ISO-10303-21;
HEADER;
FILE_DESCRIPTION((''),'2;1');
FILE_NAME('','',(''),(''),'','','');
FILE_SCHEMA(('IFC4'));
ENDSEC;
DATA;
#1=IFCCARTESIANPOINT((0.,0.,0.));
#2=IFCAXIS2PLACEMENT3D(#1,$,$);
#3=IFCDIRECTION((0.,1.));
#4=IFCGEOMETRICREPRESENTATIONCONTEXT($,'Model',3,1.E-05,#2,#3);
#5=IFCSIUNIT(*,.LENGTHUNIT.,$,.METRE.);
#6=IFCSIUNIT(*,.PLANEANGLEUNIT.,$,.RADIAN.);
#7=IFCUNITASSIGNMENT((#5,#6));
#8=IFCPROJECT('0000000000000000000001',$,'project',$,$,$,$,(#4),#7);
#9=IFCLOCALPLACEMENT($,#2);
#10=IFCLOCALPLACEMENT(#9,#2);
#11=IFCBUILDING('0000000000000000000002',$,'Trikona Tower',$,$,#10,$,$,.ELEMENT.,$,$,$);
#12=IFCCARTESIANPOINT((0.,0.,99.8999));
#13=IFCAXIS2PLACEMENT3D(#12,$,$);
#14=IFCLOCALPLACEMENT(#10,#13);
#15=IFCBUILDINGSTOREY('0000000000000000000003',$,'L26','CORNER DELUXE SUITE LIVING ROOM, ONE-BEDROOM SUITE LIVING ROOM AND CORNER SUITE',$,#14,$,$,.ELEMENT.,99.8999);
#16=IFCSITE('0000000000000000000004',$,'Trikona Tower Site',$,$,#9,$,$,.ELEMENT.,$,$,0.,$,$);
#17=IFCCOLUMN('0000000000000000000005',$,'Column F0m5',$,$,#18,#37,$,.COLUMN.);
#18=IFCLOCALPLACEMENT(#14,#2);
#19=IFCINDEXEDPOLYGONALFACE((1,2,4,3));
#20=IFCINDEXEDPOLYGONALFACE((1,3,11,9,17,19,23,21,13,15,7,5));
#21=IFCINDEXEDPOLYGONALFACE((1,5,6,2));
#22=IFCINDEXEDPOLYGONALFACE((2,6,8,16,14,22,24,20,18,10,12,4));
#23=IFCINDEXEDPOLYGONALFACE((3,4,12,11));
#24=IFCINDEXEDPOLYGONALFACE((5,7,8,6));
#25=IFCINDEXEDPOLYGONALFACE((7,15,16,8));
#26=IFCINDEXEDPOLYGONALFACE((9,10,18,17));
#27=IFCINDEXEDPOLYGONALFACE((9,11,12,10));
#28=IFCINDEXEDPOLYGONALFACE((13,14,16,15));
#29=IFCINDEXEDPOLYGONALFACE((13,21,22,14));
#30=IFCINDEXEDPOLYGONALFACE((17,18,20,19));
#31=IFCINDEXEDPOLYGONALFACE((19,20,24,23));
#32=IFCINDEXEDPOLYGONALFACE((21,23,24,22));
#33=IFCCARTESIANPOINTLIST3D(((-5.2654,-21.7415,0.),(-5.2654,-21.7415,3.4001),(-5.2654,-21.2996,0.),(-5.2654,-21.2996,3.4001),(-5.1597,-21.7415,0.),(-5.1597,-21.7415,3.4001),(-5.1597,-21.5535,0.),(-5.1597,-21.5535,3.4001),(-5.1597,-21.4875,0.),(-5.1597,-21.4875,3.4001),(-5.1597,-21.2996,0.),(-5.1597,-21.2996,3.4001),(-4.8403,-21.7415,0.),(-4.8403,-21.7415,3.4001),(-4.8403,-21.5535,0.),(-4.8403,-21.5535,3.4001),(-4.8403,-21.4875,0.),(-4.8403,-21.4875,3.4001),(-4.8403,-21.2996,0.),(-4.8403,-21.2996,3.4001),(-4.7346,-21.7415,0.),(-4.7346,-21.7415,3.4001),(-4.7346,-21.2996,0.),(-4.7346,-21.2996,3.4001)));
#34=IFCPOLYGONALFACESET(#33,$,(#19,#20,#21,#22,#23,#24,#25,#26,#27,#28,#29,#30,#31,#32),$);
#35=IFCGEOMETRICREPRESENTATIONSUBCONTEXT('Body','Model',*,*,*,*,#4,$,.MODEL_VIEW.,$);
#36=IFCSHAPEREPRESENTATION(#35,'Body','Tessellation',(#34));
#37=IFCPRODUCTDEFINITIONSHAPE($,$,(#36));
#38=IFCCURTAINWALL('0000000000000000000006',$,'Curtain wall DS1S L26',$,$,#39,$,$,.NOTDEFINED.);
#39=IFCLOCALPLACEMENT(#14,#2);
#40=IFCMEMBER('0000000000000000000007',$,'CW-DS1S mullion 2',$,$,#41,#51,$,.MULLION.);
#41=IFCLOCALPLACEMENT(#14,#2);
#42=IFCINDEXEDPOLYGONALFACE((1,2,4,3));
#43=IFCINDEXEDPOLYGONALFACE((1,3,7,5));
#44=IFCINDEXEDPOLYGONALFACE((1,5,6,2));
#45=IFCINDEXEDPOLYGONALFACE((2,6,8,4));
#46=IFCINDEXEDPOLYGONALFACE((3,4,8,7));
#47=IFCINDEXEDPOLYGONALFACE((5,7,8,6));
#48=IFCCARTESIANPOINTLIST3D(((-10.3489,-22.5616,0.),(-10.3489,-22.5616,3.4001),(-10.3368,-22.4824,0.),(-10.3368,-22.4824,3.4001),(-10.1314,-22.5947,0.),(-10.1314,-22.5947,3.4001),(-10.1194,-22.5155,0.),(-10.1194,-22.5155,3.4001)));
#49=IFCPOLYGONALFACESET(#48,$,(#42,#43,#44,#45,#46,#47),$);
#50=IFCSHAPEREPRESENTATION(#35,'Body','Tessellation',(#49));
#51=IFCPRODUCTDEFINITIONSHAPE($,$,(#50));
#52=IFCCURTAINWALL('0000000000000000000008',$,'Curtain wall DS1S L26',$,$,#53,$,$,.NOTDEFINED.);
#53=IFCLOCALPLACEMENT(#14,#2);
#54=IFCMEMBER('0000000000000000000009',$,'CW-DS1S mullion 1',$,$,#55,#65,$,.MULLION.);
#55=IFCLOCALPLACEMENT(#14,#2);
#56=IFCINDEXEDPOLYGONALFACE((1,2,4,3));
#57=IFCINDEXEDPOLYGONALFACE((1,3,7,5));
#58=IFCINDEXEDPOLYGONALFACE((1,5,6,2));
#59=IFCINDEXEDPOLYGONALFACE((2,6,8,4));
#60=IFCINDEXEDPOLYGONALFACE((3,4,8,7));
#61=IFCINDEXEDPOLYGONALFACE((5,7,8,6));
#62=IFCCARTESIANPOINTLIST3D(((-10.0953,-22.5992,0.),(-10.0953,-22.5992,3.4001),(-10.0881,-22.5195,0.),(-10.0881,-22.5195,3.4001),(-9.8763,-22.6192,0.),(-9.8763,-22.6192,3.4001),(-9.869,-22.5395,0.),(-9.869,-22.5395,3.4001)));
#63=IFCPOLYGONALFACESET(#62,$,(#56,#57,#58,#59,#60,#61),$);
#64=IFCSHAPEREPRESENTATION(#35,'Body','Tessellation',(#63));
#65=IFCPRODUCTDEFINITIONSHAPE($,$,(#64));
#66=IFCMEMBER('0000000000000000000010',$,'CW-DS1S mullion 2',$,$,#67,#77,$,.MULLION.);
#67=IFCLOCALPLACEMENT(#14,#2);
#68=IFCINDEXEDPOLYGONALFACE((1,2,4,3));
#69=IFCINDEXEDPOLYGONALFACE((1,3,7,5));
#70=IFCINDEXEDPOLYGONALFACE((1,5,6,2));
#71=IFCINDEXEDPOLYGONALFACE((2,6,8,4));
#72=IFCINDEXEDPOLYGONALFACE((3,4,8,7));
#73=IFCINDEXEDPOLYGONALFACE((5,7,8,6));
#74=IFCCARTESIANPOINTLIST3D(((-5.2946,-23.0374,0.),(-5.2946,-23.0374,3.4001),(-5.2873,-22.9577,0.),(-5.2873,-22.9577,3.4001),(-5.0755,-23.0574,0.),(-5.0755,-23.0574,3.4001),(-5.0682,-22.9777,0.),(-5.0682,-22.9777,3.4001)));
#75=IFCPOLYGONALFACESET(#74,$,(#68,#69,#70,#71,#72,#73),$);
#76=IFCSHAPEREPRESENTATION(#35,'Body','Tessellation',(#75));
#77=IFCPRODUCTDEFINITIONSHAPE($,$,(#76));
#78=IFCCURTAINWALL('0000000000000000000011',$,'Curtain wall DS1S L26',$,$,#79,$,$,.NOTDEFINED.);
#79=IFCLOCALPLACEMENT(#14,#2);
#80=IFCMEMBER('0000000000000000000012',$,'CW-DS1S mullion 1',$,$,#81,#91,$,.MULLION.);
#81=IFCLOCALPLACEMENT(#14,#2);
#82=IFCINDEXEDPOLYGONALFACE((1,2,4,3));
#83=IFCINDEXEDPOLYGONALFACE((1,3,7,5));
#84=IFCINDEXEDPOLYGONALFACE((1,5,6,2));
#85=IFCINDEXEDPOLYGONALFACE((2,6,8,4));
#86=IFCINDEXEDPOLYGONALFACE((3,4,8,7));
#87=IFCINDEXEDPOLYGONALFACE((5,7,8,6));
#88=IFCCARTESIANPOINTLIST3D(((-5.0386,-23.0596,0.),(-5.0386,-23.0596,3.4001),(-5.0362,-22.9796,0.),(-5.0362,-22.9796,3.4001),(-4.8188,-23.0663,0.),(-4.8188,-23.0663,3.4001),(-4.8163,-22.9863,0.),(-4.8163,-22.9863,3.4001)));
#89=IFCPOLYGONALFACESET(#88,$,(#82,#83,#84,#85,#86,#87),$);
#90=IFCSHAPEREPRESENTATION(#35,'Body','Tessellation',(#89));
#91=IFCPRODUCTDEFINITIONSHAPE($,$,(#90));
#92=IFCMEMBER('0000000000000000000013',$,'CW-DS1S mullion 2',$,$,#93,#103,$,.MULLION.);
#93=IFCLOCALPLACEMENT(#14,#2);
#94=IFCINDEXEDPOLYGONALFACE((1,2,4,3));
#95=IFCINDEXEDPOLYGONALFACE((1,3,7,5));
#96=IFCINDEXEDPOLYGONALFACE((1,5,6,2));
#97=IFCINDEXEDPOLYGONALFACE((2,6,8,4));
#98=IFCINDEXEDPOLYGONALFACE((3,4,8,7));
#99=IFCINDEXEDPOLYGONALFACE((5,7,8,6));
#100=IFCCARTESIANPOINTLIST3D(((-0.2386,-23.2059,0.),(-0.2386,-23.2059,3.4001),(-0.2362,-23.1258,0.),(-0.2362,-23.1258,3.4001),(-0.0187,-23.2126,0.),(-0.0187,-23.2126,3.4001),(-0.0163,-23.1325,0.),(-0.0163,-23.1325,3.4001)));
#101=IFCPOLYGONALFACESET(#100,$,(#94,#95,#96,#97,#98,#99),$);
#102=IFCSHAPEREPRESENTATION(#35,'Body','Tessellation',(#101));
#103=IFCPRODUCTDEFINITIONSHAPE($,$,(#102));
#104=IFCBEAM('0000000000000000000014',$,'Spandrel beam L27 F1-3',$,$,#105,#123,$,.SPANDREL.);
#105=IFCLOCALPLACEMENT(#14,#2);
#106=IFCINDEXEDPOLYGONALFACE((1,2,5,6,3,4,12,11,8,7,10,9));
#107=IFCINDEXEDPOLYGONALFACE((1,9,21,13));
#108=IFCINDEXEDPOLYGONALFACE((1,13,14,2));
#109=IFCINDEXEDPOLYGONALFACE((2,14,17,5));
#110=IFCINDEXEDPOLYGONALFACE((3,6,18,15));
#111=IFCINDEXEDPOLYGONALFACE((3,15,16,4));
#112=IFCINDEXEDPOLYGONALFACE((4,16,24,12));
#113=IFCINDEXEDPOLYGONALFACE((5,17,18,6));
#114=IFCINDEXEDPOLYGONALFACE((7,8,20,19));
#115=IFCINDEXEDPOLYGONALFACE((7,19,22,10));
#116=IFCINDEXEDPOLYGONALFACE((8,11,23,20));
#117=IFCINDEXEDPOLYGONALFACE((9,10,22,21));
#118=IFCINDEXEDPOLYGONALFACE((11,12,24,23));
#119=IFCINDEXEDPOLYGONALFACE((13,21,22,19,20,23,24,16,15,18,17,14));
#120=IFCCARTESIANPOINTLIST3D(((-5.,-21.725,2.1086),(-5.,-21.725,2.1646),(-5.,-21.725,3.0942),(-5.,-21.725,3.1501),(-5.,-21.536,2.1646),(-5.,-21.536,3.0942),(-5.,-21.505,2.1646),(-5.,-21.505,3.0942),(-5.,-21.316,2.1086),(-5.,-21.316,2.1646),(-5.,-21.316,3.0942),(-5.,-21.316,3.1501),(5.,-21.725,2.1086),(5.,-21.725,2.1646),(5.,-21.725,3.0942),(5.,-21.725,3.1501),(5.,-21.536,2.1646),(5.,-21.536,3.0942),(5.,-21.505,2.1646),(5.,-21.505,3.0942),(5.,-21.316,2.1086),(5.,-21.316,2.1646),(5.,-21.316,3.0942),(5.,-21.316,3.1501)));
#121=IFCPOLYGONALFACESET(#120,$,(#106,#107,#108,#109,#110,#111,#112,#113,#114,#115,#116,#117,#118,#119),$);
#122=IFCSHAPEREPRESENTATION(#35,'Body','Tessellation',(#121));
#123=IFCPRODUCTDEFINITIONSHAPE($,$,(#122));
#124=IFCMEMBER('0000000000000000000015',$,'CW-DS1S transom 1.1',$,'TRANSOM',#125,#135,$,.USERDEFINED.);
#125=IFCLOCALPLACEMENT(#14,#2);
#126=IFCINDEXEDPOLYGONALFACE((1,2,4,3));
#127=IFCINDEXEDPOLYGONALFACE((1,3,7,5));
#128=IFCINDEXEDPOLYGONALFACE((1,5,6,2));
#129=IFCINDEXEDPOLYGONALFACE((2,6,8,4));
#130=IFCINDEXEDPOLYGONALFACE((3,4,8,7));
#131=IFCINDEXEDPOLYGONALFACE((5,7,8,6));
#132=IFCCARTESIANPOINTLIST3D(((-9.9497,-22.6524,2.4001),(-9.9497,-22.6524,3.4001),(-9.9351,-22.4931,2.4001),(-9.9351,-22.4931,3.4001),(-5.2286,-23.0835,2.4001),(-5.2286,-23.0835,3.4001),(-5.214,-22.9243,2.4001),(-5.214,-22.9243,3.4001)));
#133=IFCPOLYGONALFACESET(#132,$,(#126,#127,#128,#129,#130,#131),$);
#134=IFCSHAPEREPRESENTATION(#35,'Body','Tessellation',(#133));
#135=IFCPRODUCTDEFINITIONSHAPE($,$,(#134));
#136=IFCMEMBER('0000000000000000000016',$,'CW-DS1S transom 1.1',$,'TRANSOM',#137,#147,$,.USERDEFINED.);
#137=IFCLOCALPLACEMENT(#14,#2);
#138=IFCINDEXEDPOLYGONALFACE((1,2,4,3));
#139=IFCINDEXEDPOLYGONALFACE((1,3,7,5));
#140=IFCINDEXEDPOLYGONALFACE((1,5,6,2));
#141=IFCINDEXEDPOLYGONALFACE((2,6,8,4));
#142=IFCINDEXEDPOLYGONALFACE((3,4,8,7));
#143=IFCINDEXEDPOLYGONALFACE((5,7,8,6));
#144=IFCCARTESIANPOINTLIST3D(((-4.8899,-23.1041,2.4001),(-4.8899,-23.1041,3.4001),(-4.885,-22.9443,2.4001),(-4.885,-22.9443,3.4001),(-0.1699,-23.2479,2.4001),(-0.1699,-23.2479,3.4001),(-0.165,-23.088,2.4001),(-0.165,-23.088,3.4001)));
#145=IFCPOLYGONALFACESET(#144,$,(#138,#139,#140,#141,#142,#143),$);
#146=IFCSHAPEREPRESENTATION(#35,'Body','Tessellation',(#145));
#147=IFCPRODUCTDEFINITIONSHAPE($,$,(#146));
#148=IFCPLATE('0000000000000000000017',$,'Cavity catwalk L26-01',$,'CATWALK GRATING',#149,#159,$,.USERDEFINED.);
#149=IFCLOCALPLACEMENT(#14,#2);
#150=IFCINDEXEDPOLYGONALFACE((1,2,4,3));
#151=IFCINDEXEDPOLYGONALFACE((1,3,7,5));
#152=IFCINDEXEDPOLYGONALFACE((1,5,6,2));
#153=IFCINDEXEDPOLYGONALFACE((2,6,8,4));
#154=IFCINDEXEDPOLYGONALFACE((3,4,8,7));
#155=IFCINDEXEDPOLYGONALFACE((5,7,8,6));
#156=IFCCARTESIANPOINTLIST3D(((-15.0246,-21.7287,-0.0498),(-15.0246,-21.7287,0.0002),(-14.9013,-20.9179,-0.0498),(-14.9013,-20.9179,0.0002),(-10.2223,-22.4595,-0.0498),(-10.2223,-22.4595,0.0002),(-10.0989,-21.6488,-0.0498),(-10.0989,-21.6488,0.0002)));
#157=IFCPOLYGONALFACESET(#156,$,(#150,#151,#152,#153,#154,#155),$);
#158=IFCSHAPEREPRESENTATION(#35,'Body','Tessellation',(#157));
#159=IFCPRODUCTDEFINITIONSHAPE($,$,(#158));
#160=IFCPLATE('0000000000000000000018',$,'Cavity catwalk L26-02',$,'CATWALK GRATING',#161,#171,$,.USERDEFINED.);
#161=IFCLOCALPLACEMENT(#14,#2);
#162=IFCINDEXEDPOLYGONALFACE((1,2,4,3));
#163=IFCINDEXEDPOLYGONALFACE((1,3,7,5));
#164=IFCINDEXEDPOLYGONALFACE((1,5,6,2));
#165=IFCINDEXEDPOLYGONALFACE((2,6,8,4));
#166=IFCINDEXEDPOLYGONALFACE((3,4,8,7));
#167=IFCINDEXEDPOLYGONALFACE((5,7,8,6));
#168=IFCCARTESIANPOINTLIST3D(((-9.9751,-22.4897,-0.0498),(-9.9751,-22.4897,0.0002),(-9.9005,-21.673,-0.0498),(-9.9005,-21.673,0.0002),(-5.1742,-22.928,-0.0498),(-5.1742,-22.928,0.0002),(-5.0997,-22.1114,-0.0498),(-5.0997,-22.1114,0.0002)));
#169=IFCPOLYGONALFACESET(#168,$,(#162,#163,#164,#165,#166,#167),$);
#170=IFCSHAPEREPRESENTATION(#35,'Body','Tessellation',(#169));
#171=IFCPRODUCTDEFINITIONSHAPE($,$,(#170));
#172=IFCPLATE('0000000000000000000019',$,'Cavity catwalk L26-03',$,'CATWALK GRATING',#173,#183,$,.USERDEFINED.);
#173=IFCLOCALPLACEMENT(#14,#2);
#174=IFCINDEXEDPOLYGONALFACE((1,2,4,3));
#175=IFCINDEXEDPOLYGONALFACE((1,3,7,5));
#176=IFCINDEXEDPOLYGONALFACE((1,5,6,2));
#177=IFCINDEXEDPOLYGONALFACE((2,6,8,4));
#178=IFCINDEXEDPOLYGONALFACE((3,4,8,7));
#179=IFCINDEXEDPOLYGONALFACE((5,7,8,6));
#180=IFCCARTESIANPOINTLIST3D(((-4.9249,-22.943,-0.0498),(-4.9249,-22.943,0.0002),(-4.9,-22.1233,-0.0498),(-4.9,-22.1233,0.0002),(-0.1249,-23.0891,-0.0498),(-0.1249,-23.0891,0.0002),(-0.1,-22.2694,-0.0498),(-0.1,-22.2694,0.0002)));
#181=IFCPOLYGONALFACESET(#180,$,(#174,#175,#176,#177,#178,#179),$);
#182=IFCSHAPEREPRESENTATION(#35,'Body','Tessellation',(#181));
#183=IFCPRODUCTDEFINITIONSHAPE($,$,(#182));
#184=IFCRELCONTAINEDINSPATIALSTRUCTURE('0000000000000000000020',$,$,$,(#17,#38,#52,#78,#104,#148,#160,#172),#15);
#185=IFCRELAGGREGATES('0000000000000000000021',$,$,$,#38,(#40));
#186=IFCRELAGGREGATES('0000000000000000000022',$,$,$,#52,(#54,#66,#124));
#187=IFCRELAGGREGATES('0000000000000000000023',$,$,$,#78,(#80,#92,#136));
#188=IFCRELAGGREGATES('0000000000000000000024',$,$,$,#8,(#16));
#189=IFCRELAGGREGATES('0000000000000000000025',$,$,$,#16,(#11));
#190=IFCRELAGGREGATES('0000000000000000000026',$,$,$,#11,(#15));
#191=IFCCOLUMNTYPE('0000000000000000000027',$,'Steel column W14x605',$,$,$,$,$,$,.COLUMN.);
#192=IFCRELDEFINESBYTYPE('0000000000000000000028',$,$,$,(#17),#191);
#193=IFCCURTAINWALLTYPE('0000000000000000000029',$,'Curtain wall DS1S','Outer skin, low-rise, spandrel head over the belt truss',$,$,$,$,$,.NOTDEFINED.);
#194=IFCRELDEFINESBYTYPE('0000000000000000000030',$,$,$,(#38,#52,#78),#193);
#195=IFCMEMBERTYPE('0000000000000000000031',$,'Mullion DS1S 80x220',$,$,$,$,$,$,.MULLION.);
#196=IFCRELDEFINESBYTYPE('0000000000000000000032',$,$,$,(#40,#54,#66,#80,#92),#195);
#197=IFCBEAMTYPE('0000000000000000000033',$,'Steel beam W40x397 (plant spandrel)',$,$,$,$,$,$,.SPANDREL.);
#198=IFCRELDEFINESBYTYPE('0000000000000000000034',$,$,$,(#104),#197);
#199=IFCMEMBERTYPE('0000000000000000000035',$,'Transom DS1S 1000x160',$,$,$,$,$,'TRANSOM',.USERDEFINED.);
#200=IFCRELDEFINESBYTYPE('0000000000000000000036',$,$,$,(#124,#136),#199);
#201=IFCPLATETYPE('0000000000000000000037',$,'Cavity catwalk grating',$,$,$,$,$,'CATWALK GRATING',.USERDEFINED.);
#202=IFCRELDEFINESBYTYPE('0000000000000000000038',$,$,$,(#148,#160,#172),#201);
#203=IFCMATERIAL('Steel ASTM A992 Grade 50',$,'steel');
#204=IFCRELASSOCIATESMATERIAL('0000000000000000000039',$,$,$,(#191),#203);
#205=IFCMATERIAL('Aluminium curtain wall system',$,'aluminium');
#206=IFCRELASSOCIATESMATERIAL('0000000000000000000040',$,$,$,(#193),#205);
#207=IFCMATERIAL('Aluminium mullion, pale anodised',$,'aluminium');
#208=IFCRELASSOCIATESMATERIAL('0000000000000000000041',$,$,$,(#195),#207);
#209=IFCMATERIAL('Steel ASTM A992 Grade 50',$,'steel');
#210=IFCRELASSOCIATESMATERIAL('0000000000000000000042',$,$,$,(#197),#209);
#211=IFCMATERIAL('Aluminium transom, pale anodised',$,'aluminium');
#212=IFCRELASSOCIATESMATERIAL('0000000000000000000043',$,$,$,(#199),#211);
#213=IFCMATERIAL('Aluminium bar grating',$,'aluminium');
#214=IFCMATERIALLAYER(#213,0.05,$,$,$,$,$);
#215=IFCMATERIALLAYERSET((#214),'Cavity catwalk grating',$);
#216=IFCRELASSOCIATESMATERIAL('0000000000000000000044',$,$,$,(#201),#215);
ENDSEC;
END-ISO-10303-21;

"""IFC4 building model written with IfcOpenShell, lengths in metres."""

from ifc_helpers import new_model, si_unit, direction, frame, origin, origin_2d, place, context, subcontext, project, spatial, rectangle, i_section, extrude, material, layer, layer_set, material_profile, profile_set, type_object, element, aggregate, save


model = new_model("IFC4")

# Units and contexts
model_context = context("Model", 3, precision=1e-05, world=origin(), true_north=direction((0.0, 1.0)))
body_context = subcontext(model_context, "Body", "Model", "MODEL_VIEW")
ifc_project = project(units=[si_unit("LENGTHUNIT", "METRE"), si_unit("PLANEANGLEUNIT", "RADIAN")], contexts=[model_context])

# Site, building, storey
site_placement = place(None, origin())
site = spatial("IfcSite", under=ifc_project, at=site_placement, Name="Trikona Tower Site", CompositionType="ELEMENT", RefElevation=0.0)
building_placement = place(site_placement, origin())
building = spatial("IfcBuilding", under=site, at=building_placement, Name="Trikona Tower", CompositionType="ELEMENT")
storey_placement = place(building_placement, frame((0.0, 0.0, 99.8999)))
storey = spatial("IfcBuildingStorey", under=building, at=storey_placement, Name="L26", Description="CORNER DELUXE SUITE LIVING ROOM, ONE-BEDROOM SUITE LIVING ROOM AND CORNER SUITE", CompositionType="ELEMENT", Elevation=99.8999)

# Column
ifc_material_1 = material(Name="Steel ASTM A992 Grade 50", Category="steel")
ifc_material_profile_1 = material_profile(ifc_material_1, i_section(OverallWidth=0.4419, OverallDepth=0.5308, WebThickness=0.0659, FlangeThickness=0.1057, at=origin_2d()), Name="W14X605")
ifc_profile_set_1 = profile_set([ifc_material_profile_1], Name="Steel ASTM A992 Grade 50")
column_type = type_object("IfcColumnType", Name="Steel column W14x605", PredefinedType="COLUMN", material=ifc_profile_set_1)
column_placement = place(storey_placement, frame((-5.0, -21.5205, 0.0), z_axis=(0.0, 0.0, 1.0), x_axis=(0.0, -1.0, 0.0)))
element("IfcColumn", 1, at=column_placement, inside=storey, type_object=column_type, Name="Column F0m5", PredefinedType="COLUMN", context=body_context, shape_type="SweptSolid", body=[
    extrude(i_section(OverallWidth=0.4419, OverallDepth=0.5308, WebThickness=0.0659, FlangeThickness=0.1057, at=origin_2d()), origin(), (0.0, 0.0, 1.0), 3.4001),
])

# Curtain wall, member
ifc_material_2 = material(Name="Aluminium curtain wall system", Category="aluminium")
curtain_wall_type = type_object("IfcCurtainWallType", Name="Curtain wall DS1S", Description="Outer skin, low-rise, spandrel head over the belt truss", PredefinedType="NOTDEFINED", material=ifc_material_2)
curtain_wall_1_placement = place(storey_placement, origin())
curtain_wall_1 = element("IfcCurtainWall", 2, at=curtain_wall_1_placement, inside=storey, type_object=curtain_wall_type, Name="Curtain wall DS1S L26", PredefinedType="NOTDEFINED")
ifc_material_3 = material(Name="Aluminium mullion, pale anodised", Category="aluminium")
ifc_material_profile_2 = material_profile(ifc_material_3, rectangle(XDim=0.0801, YDim=0.22, at=origin_2d()), Name="MUL-DS1S")
ifc_profile_set_2 = profile_set([ifc_material_profile_2], Name="Aluminium mullion, pale anodised")
member_type_1 = type_object("IfcMemberType", Name="Mullion DS1S 80x220", PredefinedType="MULLION", material=ifc_profile_set_2)
member_1_placement = place(storey_placement, frame((-10.2341, -22.5386, 0.0), z_axis=(0.0, 0.0, 1.0), x_axis=(0.150438, 0.988619, 0.0)))
member_1 = element("IfcMember", 3, at=member_1_placement, type_object=member_type_1, Name="CW-DS1S mullion 2", PredefinedType="MULLION", context=body_context, shape_type="SweptSolid", body=[
    extrude(rectangle(XDim=0.0801, YDim=0.22, at=origin_2d()), origin(), (0.0, 0.0, 1.0), 3.4001),
])

# Curtain walls, members
curtain_wall_2_placement = place(storey_placement, origin())
curtain_wall_2 = element("IfcCurtainWall", 4, at=curtain_wall_2_placement, inside=storey, type_object=curtain_wall_type, Name="Curtain wall DS1S L26", PredefinedType="NOTDEFINED")
member_2_placement = place(storey_placement, frame((-9.9822, -22.5693, 0.0), z_axis=(0.0, 0.0, 1.0), x_axis=(0.090924, 0.995858, 0.0)))
member_2 = element("IfcMember", 5, at=member_2_placement, type_object=member_type_1, Name="CW-DS1S mullion 1", PredefinedType="MULLION", context=body_context, shape_type="SweptSolid", body=[
    extrude(rectangle(XDim=0.0801, YDim=0.22, at=origin_2d()), origin(), (0.0, 0.0, 1.0), 3.4001),
])
member_3_placement = place(storey_placement, frame((-5.1814, -23.0076, 0.0), z_axis=(0.0, 0.0, 1.0), x_axis=(0.090924, 0.995858, 0.0)))
member_3 = element("IfcMember", 6, at=member_3_placement, type_object=member_type_1, Name="CW-DS1S mullion 2", PredefinedType="MULLION", context=body_context, shape_type="SweptSolid", body=[
    extrude(rectangle(XDim=0.0801, YDim=0.22, at=origin_2d()), origin(), (0.0, 0.0, 1.0), 3.4001),
])
curtain_wall_3_placement = place(storey_placement, origin())
curtain_wall_3 = element("IfcCurtainWall", 7, at=curtain_wall_3_placement, inside=storey, type_object=curtain_wall_type, Name="Curtain wall DS1S L26", PredefinedType="NOTDEFINED")
member_4_placement = place(storey_placement, frame((-4.9275, -23.0229, 0.0), z_axis=(0.0, 0.0, 1.0), x_axis=(0.030437, 0.999537, 0.0)))
member_4 = element("IfcMember", 8, at=member_4_placement, type_object=member_type_1, Name="CW-DS1S mullion 1", PredefinedType="MULLION", context=body_context, shape_type="SweptSolid", body=[
    extrude(rectangle(XDim=0.0801, YDim=0.22, at=origin_2d()), origin(), (0.0, 0.0, 1.0), 3.4001),
])
member_5_placement = place(storey_placement, frame((-0.1274, -23.1692, 0.0), z_axis=(0.0, 0.0, 1.0), x_axis=(0.030437, 0.999537, 0.0)))
member_5 = element("IfcMember", 9, at=member_5_placement, type_object=member_type_1, Name="CW-DS1S mullion 2", PredefinedType="MULLION", context=body_context, shape_type="SweptSolid", body=[
    extrude(rectangle(XDim=0.0801, YDim=0.22, at=origin_2d()), origin(), (0.0, 0.0, 1.0), 3.4001),
])

# Beam
ifc_material_4 = material(Name="Steel ASTM A992 Grade 50", Category="steel")
ifc_material_profile_3 = material_profile(ifc_material_4, i_section(OverallWidth=0.4089, OverallDepth=1.0415, WebThickness=0.031, FlangeThickness=0.0559, at=origin_2d()), Name="W40X397")
ifc_profile_set_3 = profile_set([ifc_material_profile_3], Name="Steel ASTM A992 Grade 50")
beam_type = type_object("IfcBeamType", Name="Steel beam W40x397 (plant spandrel)", PredefinedType="SPANDREL", material=ifc_profile_set_3)
beam_placement = place(storey_placement, frame((-5.0, -21.5205, 2.6294), z_axis=(1.0, 0.0, 0.0), x_axis=(0.0, 1.0, 0.0)))
element("IfcBeam", 10, at=beam_placement, inside=storey, type_object=beam_type, Name="Spandrel beam L27 F1-3", PredefinedType="SPANDREL", context=body_context, shape_type="SweptSolid", body=[
    extrude(i_section(OverallWidth=0.4089, OverallDepth=1.0415, WebThickness=0.031, FlangeThickness=0.0559, at=origin_2d()), origin(), (0.0, 0.0, 1.0), 10.0),
])

# Members
ifc_material_5 = material(Name="Aluminium transom, pale anodised", Category="aluminium")
ifc_material_profile_4 = material_profile(ifc_material_5, rectangle(XDim=0.1599, YDim=1.0, at=origin_2d()), Name="TRN-DS1S")
ifc_profile_set_4 = profile_set([ifc_material_profile_4], Name="Aluminium transom, pale anodised")
member_type_2 = type_object("IfcMemberType", Name="Transom DS1S 1000x160", ElementType="TRANSOM", PredefinedType="USERDEFINED", material=ifc_profile_set_4)
member_6_placement = place(storey_placement, frame((-9.9424, -22.5728, 2.9001), z_axis=(0.995856, -0.090944, 0.0), x_axis=(0.090944, 0.995856, 0.0)))
member_6 = element("IfcMember", 11, at=member_6_placement, type_object=member_type_2, Name="CW-DS1S transom 1.1", ObjectType="TRANSOM", PredefinedType="USERDEFINED", context=body_context, shape_type="SweptSolid", body=[
    extrude(rectangle(XDim=0.1599, YDim=1.0, at=origin_2d()), origin(), (0.0, 0.0, 1.0), 4.7407),
])
member_7_placement = place(storey_placement, frame((-4.8875, -23.0242, 2.9001), z_axis=(0.999536, -0.030452, 0.0), x_axis=(0.030452, 0.999536, 0.0)))
member_7 = element("IfcMember", 12, at=member_7_placement, type_object=member_type_2, Name="CW-DS1S transom 1.1", ObjectType="TRANSOM", PredefinedType="USERDEFINED", context=body_context, shape_type="SweptSolid", body=[
    extrude(rectangle(XDim=0.1599, YDim=1.0, at=origin_2d()), origin(), (0.0, 0.0, 1.0), 4.7222),
])

# Plates
ifc_material_6 = material(Name="Aluminium bar grating", Category="aluminium")
ifc_layer_1 = layer(ifc_material_6, 0.05)
ifc_layer_set_1 = layer_set([ifc_layer_1], Name="Cavity catwalk grating")
plate_type_1 = type_object("IfcPlateType", Name="Cavity catwalk grating", ElementType="CATWALK GRATING", PredefinedType="USERDEFINED", material=ifc_layer_set_1)
plate_1_placement = place(storey_placement, frame((-12.5618, -21.6887, -0.0498), z_axis=(0.0, 0.0, 1.0), x_axis=(0.988618, -0.150448, 0.0)))
element("IfcPlate", 13, at=plate_1_placement, inside=storey, type_object=plate_type_1, Name="Cavity catwalk L26-01", ObjectType="CATWALK GRATING", PredefinedType="USERDEFINED", context=body_context, shape_type="SweptSolid", body=[
    extrude(rectangle(XDim=4.8577, YDim=0.8201, at=origin_2d()), origin(), (0.0, 0.0, 1.0), 0.05),
])
plate_2_placement = place(storey_placement, frame((-7.5374, -22.3005, -0.0498), z_axis=(0.0, 0.0, 1.0), x_axis=(0.995858, -0.090921, 0.0)))
element("IfcPlate", 14, at=plate_2_placement, inside=storey, type_object=plate_type_1, Name="Cavity catwalk L26-02", ObjectType="CATWALK GRATING", PredefinedType="USERDEFINED", context=body_context, shape_type="SweptSolid", body=[
    extrude(rectangle(XDim=4.8208, YDim=0.8201, at=origin_2d()), origin(), (0.0, 0.0, 1.0), 0.05),
])
plate_3_placement = place(storey_placement, frame((-2.5125, -22.6062, -0.0498), z_axis=(0.0, 0.0, 1.0), x_axis=(0.999537, -0.030425, 0.0)))
element("IfcPlate", 15, at=plate_3_placement, inside=storey, type_object=plate_type_1, Name="Cavity catwalk L26-03", ObjectType="CATWALK GRATING", PredefinedType="USERDEFINED", context=body_context, shape_type="SweptSolid", body=[
    extrude(rectangle(XDim=4.8022, YDim=0.8201, at=origin_2d()), origin(), (0.0, 0.0, 1.0), 0.05),
])

aggregate(curtain_wall_1, [member_1])
aggregate(curtain_wall_2, [member_2, member_3, member_6])
aggregate(curtain_wall_3, [member_4, member_5, member_7])

save(model, "model.ifc")
